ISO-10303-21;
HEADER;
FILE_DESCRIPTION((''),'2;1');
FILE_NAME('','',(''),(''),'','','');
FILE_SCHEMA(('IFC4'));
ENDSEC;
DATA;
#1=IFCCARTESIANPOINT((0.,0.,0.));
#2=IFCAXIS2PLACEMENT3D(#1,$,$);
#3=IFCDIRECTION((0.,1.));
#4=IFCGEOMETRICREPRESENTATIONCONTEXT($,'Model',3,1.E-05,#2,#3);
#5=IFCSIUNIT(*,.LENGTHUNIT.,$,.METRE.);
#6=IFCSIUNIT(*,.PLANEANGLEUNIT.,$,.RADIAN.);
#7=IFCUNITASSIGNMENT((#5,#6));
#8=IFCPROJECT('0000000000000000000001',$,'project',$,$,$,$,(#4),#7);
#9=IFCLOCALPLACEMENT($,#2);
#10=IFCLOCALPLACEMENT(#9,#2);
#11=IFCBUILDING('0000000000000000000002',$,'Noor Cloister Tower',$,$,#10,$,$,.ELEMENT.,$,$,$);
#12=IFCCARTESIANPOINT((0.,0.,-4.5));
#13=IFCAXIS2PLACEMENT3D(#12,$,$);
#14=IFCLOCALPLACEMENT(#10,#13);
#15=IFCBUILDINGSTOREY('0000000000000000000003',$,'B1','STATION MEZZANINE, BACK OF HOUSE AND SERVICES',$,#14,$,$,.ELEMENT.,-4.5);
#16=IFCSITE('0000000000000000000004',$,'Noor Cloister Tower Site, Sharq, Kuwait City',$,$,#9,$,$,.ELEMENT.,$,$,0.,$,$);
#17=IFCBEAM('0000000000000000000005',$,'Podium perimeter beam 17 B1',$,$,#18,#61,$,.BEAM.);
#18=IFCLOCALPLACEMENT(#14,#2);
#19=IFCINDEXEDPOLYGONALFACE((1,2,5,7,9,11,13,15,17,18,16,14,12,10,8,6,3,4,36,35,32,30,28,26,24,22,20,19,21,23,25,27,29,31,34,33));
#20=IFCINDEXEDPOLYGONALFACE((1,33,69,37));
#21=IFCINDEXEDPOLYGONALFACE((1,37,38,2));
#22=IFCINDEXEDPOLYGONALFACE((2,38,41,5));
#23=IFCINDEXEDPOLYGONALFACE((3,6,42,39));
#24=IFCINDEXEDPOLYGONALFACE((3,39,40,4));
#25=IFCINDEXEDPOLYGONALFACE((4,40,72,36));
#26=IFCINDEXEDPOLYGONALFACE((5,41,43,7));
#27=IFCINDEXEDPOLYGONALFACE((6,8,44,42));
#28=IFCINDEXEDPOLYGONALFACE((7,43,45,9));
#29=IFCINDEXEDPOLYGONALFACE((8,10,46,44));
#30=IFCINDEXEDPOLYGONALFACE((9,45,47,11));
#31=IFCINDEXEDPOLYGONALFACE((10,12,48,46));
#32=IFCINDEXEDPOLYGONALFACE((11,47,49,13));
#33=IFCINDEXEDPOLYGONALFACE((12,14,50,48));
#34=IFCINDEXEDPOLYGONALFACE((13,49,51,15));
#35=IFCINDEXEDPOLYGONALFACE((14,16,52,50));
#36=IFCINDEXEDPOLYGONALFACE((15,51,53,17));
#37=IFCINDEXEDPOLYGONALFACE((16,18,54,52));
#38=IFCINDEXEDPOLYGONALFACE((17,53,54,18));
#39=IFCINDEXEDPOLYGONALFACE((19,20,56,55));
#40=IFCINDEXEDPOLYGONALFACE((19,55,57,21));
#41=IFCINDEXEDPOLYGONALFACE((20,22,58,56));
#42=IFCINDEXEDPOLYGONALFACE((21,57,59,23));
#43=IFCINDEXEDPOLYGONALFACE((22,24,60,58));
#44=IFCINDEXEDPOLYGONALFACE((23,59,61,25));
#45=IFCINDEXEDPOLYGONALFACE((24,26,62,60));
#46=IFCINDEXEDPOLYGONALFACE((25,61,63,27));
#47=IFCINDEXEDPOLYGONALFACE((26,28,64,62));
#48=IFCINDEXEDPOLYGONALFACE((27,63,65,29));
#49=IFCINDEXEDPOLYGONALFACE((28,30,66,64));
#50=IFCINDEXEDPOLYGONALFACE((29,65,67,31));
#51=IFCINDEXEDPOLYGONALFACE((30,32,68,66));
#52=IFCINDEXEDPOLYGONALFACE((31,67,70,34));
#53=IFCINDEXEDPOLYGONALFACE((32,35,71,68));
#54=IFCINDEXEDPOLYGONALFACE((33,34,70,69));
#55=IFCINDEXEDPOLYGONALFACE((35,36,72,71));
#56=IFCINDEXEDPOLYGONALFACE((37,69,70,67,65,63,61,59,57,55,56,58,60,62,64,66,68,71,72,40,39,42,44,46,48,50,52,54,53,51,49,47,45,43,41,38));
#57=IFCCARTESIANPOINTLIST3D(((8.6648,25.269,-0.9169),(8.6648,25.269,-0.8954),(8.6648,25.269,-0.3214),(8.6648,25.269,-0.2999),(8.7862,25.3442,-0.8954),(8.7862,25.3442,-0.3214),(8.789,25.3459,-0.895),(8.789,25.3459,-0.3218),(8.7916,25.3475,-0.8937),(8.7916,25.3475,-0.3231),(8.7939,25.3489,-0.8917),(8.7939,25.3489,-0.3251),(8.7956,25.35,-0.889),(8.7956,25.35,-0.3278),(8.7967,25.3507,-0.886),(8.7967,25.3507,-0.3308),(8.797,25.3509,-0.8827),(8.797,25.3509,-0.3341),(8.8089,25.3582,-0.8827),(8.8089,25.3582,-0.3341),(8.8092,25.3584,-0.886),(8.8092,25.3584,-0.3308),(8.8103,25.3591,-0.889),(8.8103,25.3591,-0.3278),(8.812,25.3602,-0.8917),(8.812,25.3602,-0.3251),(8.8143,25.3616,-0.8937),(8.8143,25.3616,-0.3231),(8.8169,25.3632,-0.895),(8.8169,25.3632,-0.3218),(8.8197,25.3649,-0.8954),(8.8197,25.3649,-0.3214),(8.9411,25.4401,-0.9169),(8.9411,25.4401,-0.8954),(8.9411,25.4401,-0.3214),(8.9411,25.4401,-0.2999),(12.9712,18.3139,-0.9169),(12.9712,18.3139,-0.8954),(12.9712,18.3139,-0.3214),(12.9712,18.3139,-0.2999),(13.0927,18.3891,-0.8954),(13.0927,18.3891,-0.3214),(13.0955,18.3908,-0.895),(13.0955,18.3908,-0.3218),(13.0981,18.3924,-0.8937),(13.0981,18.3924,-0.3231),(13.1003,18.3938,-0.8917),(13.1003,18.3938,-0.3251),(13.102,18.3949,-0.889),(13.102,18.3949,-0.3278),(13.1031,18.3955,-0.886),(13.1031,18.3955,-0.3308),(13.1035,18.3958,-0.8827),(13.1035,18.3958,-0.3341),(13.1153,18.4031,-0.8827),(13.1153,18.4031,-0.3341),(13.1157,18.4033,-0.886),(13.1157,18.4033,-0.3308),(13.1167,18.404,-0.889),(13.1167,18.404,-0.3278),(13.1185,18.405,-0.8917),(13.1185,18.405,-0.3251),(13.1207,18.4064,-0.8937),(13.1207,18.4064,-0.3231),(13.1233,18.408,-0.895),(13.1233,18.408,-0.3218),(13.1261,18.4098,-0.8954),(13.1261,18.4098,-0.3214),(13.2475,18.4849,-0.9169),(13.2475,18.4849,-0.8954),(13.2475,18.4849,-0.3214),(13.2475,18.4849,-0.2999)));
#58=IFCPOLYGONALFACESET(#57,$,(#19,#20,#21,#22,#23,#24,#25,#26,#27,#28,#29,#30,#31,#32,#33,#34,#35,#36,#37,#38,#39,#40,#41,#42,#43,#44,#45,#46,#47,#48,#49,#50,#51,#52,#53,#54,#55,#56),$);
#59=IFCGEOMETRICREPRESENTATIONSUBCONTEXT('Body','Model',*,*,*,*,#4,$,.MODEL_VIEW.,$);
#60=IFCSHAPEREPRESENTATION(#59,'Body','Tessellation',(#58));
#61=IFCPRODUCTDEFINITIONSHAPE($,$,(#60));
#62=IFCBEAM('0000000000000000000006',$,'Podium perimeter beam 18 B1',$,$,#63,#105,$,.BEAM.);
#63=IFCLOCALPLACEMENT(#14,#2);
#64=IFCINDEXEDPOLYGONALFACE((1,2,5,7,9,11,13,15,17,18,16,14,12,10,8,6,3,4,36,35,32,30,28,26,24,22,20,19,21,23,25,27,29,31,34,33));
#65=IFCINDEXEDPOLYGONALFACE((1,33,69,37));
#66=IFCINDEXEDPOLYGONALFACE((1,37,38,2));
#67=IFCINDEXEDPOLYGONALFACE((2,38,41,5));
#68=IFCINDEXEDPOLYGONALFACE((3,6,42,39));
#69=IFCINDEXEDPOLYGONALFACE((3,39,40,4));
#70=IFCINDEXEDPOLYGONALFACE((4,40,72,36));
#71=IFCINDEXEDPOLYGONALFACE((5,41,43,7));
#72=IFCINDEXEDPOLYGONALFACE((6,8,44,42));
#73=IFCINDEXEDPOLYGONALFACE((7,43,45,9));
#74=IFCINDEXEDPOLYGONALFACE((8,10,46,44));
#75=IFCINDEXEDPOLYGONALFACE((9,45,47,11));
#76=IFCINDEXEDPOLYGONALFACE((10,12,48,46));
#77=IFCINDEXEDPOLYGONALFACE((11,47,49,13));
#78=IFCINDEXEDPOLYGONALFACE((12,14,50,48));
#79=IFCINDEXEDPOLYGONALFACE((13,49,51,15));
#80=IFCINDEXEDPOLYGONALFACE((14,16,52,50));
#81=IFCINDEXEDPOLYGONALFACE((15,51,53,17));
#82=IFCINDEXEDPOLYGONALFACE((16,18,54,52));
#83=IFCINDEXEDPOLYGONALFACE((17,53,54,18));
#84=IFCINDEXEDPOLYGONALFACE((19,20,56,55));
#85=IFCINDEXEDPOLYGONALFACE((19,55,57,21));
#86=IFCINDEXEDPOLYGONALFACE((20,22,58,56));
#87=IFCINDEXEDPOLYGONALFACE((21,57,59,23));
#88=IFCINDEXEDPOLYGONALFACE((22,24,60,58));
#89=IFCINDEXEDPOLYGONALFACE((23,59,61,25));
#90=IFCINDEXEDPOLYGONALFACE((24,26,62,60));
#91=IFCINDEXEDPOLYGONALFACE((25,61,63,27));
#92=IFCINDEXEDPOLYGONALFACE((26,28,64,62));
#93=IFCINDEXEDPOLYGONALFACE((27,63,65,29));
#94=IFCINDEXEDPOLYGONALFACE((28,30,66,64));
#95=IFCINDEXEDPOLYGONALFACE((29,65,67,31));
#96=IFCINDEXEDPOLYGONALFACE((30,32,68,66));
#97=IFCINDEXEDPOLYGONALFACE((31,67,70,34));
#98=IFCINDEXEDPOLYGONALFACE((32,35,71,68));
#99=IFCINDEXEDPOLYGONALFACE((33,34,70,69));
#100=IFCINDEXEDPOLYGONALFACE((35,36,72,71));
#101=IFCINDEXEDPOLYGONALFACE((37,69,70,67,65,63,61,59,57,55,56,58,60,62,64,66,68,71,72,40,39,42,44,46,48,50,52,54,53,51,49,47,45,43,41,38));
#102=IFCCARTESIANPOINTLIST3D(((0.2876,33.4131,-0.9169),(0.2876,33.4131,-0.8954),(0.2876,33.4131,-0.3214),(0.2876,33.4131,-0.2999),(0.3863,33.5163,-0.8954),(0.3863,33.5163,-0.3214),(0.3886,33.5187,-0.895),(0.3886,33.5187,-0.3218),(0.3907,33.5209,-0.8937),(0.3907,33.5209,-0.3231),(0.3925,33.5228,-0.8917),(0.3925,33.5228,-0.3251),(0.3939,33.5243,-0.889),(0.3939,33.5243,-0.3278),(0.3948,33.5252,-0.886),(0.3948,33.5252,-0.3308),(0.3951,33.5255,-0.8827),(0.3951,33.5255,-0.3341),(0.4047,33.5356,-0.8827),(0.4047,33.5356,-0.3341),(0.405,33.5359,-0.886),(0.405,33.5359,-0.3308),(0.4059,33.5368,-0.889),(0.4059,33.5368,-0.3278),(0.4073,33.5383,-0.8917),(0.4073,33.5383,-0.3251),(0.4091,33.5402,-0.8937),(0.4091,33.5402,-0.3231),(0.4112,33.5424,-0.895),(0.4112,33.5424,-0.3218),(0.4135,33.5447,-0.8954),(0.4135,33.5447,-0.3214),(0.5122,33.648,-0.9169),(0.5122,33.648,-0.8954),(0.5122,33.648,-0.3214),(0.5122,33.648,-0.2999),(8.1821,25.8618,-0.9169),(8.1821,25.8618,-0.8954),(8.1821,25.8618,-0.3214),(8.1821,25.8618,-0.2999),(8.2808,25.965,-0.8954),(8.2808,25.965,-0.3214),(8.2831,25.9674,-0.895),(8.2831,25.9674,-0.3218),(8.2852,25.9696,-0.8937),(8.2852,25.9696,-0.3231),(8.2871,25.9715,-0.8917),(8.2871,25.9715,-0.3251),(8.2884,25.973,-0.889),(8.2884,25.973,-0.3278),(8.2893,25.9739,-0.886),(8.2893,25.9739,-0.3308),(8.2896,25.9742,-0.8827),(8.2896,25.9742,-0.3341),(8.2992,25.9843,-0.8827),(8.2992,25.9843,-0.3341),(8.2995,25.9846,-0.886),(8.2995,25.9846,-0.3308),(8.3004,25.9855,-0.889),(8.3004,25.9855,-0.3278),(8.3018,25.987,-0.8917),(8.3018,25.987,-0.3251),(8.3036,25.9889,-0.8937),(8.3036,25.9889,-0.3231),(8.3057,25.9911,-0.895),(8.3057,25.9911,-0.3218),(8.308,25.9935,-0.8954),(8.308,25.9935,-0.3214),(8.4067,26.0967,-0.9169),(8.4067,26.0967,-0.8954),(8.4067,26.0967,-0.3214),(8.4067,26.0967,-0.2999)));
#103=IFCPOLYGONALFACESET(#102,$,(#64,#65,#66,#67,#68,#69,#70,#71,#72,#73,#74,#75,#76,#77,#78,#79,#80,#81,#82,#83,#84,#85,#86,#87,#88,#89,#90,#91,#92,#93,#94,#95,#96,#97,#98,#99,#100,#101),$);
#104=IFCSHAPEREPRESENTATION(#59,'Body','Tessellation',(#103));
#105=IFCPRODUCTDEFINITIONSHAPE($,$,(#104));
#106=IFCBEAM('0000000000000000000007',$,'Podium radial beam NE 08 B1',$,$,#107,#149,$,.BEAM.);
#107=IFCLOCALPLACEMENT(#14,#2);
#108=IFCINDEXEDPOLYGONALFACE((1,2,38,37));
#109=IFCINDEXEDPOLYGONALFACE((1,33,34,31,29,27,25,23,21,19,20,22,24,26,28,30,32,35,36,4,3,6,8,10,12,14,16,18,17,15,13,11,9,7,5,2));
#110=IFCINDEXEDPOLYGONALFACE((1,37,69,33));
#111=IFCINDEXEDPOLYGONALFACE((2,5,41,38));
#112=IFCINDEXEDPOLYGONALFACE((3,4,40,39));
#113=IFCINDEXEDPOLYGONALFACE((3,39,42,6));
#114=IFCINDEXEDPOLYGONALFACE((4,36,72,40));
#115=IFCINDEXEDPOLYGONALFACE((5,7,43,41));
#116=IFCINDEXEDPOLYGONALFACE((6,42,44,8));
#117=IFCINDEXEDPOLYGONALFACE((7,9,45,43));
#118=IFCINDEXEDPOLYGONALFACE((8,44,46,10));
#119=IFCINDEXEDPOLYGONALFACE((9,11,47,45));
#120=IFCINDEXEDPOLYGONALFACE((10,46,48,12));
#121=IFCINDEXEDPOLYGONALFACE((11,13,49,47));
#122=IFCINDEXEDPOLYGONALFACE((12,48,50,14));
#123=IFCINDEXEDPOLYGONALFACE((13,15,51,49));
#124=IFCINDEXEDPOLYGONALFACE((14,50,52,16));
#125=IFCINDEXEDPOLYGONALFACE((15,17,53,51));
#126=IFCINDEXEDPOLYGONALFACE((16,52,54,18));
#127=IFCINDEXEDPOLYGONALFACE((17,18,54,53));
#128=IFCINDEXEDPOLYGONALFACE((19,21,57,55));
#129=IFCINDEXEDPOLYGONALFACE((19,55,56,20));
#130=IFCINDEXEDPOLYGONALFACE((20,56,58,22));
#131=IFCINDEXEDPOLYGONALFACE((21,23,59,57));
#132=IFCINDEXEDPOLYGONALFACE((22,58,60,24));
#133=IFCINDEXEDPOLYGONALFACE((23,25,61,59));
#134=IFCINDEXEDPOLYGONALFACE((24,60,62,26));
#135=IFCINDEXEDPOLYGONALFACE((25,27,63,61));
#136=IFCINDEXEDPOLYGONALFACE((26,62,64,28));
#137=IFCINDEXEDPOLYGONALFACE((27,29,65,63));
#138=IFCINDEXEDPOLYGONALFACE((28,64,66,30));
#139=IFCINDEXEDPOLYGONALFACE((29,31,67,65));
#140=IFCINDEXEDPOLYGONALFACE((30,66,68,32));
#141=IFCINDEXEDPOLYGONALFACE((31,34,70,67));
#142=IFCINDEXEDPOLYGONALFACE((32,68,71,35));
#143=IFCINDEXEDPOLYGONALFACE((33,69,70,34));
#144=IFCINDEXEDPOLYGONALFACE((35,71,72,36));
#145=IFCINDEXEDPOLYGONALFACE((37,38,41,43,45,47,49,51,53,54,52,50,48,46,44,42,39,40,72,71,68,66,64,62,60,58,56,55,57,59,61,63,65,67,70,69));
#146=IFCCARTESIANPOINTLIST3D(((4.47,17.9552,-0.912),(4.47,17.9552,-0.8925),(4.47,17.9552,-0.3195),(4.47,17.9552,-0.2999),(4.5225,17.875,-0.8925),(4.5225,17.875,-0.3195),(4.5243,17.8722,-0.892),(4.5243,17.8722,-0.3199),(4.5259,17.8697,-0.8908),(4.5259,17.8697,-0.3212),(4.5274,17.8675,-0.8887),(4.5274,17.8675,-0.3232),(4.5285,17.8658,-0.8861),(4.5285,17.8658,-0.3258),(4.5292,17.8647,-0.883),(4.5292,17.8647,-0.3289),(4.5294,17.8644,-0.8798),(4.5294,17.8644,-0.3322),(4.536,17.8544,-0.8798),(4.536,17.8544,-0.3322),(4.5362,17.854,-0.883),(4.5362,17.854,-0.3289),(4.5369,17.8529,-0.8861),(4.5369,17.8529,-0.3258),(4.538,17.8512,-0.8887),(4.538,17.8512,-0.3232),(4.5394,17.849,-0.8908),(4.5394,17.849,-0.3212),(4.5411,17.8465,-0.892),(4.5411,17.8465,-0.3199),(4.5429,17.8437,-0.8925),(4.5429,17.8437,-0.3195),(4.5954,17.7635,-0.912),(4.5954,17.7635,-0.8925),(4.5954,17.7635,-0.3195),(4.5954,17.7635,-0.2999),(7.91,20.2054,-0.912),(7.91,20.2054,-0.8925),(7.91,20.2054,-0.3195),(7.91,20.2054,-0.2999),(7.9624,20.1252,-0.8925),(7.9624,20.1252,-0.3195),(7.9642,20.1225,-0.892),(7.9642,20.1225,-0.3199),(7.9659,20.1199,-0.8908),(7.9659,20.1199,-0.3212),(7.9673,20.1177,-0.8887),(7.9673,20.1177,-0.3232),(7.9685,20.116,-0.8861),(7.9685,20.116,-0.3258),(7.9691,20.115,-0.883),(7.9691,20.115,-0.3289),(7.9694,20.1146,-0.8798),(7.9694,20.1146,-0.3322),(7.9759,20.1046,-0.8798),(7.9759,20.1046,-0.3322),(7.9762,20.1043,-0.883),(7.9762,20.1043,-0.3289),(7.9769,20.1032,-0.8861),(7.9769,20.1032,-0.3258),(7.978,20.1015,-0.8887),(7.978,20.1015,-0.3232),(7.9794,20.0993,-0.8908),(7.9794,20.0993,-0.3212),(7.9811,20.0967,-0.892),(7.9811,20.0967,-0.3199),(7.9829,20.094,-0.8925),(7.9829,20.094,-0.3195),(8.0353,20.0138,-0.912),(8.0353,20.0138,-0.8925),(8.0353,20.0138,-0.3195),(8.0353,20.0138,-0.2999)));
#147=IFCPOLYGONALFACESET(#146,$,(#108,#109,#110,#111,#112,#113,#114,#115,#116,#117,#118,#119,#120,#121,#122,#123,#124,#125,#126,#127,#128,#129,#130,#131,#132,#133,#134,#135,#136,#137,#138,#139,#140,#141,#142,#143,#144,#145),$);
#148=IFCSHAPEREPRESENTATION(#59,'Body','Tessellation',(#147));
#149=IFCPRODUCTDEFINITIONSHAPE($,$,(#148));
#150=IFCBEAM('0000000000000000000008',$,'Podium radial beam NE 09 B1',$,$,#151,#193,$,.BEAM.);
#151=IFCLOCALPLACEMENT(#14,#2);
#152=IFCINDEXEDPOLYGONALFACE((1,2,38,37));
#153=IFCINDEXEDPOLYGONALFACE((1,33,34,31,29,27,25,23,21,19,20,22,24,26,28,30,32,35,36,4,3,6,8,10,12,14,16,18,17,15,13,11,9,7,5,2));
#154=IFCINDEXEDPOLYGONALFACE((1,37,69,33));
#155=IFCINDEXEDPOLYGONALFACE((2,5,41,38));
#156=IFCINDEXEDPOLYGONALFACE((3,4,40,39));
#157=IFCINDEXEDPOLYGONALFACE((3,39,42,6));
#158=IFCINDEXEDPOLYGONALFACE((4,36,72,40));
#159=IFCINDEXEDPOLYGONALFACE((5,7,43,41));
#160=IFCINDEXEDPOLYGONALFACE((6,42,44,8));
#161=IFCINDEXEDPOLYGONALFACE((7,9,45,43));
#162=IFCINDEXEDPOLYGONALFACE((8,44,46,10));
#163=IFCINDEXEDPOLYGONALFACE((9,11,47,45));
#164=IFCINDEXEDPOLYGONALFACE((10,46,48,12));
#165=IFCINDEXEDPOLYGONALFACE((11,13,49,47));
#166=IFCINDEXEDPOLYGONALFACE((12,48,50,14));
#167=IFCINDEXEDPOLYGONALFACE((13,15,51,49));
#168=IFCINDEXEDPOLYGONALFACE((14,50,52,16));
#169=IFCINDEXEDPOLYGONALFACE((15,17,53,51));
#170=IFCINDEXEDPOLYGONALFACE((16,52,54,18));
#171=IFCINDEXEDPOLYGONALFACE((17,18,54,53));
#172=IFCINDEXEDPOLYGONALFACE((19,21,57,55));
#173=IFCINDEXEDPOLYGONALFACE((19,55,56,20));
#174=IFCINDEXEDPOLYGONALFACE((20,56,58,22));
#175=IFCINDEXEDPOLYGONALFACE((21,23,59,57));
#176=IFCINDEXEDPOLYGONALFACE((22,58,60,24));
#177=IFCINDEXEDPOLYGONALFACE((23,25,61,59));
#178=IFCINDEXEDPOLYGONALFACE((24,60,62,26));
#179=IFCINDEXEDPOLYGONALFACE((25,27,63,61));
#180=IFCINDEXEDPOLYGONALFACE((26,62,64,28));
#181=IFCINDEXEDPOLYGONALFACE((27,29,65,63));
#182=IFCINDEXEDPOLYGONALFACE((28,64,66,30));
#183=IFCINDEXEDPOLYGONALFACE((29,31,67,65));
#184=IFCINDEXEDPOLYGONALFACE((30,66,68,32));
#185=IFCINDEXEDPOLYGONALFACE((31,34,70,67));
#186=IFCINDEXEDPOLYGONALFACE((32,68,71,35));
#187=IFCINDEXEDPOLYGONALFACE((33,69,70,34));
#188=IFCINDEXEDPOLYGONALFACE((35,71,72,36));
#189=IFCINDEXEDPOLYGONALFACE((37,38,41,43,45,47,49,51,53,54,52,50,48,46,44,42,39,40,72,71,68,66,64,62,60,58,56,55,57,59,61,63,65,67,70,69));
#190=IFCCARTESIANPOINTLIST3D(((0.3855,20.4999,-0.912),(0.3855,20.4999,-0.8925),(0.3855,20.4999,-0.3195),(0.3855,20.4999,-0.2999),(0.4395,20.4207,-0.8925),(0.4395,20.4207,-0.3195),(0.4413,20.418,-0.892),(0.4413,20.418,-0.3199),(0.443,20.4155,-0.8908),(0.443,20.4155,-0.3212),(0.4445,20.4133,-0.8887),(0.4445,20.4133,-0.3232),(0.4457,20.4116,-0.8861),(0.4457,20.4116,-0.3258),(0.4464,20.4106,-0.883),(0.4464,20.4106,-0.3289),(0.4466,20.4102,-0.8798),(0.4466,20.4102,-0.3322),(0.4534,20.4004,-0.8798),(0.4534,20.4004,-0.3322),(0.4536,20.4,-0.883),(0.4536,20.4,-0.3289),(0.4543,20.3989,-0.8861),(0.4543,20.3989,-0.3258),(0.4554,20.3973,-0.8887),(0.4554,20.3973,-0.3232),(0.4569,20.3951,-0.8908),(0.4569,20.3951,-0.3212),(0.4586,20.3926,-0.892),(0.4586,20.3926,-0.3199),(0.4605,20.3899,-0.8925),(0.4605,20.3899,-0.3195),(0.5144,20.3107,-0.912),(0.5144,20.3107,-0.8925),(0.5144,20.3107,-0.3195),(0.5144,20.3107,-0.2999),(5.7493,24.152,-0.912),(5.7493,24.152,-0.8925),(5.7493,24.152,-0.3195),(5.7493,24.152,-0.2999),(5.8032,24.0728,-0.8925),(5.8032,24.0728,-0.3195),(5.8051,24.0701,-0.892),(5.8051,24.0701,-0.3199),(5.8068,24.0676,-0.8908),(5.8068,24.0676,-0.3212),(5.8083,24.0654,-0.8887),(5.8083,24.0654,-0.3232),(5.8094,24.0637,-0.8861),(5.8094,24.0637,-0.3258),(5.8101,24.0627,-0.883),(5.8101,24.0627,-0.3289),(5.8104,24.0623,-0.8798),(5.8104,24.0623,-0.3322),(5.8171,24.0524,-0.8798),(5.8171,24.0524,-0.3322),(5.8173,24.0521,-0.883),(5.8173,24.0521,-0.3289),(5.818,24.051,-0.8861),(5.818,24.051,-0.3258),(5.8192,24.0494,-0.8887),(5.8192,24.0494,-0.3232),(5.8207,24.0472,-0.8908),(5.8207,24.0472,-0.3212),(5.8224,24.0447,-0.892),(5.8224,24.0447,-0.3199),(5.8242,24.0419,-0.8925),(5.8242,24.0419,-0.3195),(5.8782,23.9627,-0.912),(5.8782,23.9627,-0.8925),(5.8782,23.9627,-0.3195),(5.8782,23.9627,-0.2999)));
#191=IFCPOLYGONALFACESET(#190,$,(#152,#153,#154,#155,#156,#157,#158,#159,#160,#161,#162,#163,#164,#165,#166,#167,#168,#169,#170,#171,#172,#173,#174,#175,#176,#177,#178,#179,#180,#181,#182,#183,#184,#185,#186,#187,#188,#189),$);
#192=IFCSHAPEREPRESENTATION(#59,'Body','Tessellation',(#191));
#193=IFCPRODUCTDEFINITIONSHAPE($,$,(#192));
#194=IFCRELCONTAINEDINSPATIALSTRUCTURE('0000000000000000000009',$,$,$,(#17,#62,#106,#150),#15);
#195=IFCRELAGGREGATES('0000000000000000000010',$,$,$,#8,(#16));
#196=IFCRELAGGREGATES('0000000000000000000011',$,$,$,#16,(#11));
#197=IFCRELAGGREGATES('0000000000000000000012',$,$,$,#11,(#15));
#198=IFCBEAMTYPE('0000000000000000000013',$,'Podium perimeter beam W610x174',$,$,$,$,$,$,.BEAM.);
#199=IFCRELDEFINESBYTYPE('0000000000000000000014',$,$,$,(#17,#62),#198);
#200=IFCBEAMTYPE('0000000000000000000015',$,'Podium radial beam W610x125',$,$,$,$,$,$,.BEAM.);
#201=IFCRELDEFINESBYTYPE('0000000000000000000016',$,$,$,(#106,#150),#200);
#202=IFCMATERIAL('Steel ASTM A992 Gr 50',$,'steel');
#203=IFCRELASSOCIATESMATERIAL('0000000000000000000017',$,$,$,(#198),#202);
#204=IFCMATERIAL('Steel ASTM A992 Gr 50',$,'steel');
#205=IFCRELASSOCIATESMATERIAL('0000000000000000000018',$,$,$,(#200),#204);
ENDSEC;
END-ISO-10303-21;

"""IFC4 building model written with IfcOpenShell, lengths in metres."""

from ifc_helpers import new_model, si_unit, direction, frame, origin, origin_2d, place, context, subcontext, project, spatial, i_section, extrude, material, material_profile, profile_set, type_object, element, save


model = new_model("IFC4")

# Units and contexts
model_context = context("Model", 3, precision=1e-05, world=origin(), true_north=direction((0.0, 1.0)))
body_context = subcontext(model_context, "Body", "Model", "MODEL_VIEW")
ifc_project = project(units=[si_unit("LENGTHUNIT", "METRE"), si_unit("PLANEANGLEUNIT", "RADIAN")], contexts=[model_context])

# Site, building, storey
site_placement = place(None, origin())
site = spatial("IfcSite", under=ifc_project, at=site_placement, Name="Noor Cloister Tower Site, Sharq, Kuwait City", CompositionType="ELEMENT", RefElevation=0.0)
building_placement = place(site_placement, origin())
building = spatial("IfcBuilding", under=site, at=building_placement, Name="Noor Cloister Tower", CompositionType="ELEMENT")
storey_placement = place(building_placement, frame((0.0, 0.0, -4.5)))
storey = spatial("IfcBuildingStorey", under=building, at=storey_placement, Name="B1", Description="STATION MEZZANINE, BACK OF HOUSE AND SERVICES", CompositionType="ELEMENT", Elevation=-4.5)

# Beams
ifc_material_1 = material(Name="Steel ASTM A992 Gr 50", Category="steel")
ifc_material_profile_1 = material_profile(ifc_material_1, i_section(OverallWidth=0.325, OverallDepth=0.6169, WebThickness=0.0139, FlangeThickness=0.0215, FilletRadius=0.0127, at=origin_2d()), Name="W610x174")
ifc_profile_set_1 = profile_set([ifc_material_profile_1], Name="Steel ASTM A992 Gr 50")
beam_type_1 = type_object("IfcBeamType", Name="Podium perimeter beam W610x174", PredefinedType="BEAM", material=ifc_profile_set_1)
beam_1_placement = place(storey_placement, frame((13.1094, 18.3994, -0.6084), z_axis=(-0.526432, 0.850217, 0.0), x_axis=(-0.850217, -0.526432, 0.0)))
element("IfcBeam", 1, at=beam_1_placement, inside=storey, type_object=beam_type_1, Name="Podium perimeter beam 17 B1", PredefinedType="BEAM", context=body_context, shape_type="SweptSolid", body=[
    extrude(i_section(OverallWidth=0.325, OverallDepth=0.6169, WebThickness=0.0139, FlangeThickness=0.0215, FilletRadius=0.0127, at=origin_2d()), origin(), (0.0, 0.0, 1.0), 8.1804),
])
beam_2_placement = place(storey_placement, frame((8.2944, 25.9792, -0.6084), z_axis=(-0.722643, 0.691222, 0.0), x_axis=(-0.691222, -0.722643, 0.0)))
element("IfcBeam", 2, at=beam_2_placement, inside=storey, type_object=beam_type_1, Name="Podium perimeter beam 18 B1", PredefinedType="BEAM", context=body_context, shape_type="SweptSolid", body=[
    extrude(i_section(OverallWidth=0.325, OverallDepth=0.6169, WebThickness=0.0139, FlangeThickness=0.0215, FilletRadius=0.0127, at=origin_2d()), origin(), (0.0, 0.0, 1.0), 10.9246),
])
ifc_material_2 = material(Name="Steel ASTM A992 Gr 50", Category="steel")
ifc_material_profile_2 = material_profile(ifc_material_2, i_section(OverallWidth=0.229, OverallDepth=0.6121, WebThickness=0.012, FlangeThickness=0.0195, FilletRadius=0.0127, at=origin_2d()), Name="W610x125")
ifc_profile_set_2 = profile_set([ifc_material_profile_2], Name="Steel ASTM A992 Gr 50")
beam_type_2 = type_object("IfcBeamType", Name="Podium radial beam W610x125", PredefinedType="BEAM", material=ifc_profile_set_2)
beam_3_placement = place(storey_placement, frame((7.9727, 20.1096, -0.606), z_axis=(-0.836852, -0.547429, 0.0), x_axis=(0.547429, -0.836852, 0.0)))
element("IfcBeam", 3, at=beam_3_placement, inside=storey, type_object=beam_type_2, Name="Podium radial beam NE 08 B1", PredefinedType="BEAM", context=body_context, shape_type="SweptSolid", body=[
    extrude(i_section(OverallWidth=0.229, OverallDepth=0.6121, WebThickness=0.012, FlangeThickness=0.0195, FilletRadius=0.0127, at=origin_2d()), origin(), (0.0, 0.0, 1.0), 4.1106),
])
beam_4_placement = place(storey_placement, frame((5.8137, 24.0574, -0.606), z_axis=(-0.826587, -0.562809, 0.0), x_axis=(0.562809, -0.826587, 0.0)))
element("IfcBeam", 4, at=beam_4_placement, inside=storey, type_object=beam_type_2, Name="Podium radial beam NE 09 B1", PredefinedType="BEAM", context=body_context, shape_type="SweptSolid", body=[
    extrude(i_section(OverallWidth=0.229, OverallDepth=0.6121, WebThickness=0.012, FlangeThickness=0.0195, FilletRadius=0.0127, at=origin_2d()), origin(), (0.0, 0.0, 1.0), 6.489),
])

save(model, "model.ifc")
